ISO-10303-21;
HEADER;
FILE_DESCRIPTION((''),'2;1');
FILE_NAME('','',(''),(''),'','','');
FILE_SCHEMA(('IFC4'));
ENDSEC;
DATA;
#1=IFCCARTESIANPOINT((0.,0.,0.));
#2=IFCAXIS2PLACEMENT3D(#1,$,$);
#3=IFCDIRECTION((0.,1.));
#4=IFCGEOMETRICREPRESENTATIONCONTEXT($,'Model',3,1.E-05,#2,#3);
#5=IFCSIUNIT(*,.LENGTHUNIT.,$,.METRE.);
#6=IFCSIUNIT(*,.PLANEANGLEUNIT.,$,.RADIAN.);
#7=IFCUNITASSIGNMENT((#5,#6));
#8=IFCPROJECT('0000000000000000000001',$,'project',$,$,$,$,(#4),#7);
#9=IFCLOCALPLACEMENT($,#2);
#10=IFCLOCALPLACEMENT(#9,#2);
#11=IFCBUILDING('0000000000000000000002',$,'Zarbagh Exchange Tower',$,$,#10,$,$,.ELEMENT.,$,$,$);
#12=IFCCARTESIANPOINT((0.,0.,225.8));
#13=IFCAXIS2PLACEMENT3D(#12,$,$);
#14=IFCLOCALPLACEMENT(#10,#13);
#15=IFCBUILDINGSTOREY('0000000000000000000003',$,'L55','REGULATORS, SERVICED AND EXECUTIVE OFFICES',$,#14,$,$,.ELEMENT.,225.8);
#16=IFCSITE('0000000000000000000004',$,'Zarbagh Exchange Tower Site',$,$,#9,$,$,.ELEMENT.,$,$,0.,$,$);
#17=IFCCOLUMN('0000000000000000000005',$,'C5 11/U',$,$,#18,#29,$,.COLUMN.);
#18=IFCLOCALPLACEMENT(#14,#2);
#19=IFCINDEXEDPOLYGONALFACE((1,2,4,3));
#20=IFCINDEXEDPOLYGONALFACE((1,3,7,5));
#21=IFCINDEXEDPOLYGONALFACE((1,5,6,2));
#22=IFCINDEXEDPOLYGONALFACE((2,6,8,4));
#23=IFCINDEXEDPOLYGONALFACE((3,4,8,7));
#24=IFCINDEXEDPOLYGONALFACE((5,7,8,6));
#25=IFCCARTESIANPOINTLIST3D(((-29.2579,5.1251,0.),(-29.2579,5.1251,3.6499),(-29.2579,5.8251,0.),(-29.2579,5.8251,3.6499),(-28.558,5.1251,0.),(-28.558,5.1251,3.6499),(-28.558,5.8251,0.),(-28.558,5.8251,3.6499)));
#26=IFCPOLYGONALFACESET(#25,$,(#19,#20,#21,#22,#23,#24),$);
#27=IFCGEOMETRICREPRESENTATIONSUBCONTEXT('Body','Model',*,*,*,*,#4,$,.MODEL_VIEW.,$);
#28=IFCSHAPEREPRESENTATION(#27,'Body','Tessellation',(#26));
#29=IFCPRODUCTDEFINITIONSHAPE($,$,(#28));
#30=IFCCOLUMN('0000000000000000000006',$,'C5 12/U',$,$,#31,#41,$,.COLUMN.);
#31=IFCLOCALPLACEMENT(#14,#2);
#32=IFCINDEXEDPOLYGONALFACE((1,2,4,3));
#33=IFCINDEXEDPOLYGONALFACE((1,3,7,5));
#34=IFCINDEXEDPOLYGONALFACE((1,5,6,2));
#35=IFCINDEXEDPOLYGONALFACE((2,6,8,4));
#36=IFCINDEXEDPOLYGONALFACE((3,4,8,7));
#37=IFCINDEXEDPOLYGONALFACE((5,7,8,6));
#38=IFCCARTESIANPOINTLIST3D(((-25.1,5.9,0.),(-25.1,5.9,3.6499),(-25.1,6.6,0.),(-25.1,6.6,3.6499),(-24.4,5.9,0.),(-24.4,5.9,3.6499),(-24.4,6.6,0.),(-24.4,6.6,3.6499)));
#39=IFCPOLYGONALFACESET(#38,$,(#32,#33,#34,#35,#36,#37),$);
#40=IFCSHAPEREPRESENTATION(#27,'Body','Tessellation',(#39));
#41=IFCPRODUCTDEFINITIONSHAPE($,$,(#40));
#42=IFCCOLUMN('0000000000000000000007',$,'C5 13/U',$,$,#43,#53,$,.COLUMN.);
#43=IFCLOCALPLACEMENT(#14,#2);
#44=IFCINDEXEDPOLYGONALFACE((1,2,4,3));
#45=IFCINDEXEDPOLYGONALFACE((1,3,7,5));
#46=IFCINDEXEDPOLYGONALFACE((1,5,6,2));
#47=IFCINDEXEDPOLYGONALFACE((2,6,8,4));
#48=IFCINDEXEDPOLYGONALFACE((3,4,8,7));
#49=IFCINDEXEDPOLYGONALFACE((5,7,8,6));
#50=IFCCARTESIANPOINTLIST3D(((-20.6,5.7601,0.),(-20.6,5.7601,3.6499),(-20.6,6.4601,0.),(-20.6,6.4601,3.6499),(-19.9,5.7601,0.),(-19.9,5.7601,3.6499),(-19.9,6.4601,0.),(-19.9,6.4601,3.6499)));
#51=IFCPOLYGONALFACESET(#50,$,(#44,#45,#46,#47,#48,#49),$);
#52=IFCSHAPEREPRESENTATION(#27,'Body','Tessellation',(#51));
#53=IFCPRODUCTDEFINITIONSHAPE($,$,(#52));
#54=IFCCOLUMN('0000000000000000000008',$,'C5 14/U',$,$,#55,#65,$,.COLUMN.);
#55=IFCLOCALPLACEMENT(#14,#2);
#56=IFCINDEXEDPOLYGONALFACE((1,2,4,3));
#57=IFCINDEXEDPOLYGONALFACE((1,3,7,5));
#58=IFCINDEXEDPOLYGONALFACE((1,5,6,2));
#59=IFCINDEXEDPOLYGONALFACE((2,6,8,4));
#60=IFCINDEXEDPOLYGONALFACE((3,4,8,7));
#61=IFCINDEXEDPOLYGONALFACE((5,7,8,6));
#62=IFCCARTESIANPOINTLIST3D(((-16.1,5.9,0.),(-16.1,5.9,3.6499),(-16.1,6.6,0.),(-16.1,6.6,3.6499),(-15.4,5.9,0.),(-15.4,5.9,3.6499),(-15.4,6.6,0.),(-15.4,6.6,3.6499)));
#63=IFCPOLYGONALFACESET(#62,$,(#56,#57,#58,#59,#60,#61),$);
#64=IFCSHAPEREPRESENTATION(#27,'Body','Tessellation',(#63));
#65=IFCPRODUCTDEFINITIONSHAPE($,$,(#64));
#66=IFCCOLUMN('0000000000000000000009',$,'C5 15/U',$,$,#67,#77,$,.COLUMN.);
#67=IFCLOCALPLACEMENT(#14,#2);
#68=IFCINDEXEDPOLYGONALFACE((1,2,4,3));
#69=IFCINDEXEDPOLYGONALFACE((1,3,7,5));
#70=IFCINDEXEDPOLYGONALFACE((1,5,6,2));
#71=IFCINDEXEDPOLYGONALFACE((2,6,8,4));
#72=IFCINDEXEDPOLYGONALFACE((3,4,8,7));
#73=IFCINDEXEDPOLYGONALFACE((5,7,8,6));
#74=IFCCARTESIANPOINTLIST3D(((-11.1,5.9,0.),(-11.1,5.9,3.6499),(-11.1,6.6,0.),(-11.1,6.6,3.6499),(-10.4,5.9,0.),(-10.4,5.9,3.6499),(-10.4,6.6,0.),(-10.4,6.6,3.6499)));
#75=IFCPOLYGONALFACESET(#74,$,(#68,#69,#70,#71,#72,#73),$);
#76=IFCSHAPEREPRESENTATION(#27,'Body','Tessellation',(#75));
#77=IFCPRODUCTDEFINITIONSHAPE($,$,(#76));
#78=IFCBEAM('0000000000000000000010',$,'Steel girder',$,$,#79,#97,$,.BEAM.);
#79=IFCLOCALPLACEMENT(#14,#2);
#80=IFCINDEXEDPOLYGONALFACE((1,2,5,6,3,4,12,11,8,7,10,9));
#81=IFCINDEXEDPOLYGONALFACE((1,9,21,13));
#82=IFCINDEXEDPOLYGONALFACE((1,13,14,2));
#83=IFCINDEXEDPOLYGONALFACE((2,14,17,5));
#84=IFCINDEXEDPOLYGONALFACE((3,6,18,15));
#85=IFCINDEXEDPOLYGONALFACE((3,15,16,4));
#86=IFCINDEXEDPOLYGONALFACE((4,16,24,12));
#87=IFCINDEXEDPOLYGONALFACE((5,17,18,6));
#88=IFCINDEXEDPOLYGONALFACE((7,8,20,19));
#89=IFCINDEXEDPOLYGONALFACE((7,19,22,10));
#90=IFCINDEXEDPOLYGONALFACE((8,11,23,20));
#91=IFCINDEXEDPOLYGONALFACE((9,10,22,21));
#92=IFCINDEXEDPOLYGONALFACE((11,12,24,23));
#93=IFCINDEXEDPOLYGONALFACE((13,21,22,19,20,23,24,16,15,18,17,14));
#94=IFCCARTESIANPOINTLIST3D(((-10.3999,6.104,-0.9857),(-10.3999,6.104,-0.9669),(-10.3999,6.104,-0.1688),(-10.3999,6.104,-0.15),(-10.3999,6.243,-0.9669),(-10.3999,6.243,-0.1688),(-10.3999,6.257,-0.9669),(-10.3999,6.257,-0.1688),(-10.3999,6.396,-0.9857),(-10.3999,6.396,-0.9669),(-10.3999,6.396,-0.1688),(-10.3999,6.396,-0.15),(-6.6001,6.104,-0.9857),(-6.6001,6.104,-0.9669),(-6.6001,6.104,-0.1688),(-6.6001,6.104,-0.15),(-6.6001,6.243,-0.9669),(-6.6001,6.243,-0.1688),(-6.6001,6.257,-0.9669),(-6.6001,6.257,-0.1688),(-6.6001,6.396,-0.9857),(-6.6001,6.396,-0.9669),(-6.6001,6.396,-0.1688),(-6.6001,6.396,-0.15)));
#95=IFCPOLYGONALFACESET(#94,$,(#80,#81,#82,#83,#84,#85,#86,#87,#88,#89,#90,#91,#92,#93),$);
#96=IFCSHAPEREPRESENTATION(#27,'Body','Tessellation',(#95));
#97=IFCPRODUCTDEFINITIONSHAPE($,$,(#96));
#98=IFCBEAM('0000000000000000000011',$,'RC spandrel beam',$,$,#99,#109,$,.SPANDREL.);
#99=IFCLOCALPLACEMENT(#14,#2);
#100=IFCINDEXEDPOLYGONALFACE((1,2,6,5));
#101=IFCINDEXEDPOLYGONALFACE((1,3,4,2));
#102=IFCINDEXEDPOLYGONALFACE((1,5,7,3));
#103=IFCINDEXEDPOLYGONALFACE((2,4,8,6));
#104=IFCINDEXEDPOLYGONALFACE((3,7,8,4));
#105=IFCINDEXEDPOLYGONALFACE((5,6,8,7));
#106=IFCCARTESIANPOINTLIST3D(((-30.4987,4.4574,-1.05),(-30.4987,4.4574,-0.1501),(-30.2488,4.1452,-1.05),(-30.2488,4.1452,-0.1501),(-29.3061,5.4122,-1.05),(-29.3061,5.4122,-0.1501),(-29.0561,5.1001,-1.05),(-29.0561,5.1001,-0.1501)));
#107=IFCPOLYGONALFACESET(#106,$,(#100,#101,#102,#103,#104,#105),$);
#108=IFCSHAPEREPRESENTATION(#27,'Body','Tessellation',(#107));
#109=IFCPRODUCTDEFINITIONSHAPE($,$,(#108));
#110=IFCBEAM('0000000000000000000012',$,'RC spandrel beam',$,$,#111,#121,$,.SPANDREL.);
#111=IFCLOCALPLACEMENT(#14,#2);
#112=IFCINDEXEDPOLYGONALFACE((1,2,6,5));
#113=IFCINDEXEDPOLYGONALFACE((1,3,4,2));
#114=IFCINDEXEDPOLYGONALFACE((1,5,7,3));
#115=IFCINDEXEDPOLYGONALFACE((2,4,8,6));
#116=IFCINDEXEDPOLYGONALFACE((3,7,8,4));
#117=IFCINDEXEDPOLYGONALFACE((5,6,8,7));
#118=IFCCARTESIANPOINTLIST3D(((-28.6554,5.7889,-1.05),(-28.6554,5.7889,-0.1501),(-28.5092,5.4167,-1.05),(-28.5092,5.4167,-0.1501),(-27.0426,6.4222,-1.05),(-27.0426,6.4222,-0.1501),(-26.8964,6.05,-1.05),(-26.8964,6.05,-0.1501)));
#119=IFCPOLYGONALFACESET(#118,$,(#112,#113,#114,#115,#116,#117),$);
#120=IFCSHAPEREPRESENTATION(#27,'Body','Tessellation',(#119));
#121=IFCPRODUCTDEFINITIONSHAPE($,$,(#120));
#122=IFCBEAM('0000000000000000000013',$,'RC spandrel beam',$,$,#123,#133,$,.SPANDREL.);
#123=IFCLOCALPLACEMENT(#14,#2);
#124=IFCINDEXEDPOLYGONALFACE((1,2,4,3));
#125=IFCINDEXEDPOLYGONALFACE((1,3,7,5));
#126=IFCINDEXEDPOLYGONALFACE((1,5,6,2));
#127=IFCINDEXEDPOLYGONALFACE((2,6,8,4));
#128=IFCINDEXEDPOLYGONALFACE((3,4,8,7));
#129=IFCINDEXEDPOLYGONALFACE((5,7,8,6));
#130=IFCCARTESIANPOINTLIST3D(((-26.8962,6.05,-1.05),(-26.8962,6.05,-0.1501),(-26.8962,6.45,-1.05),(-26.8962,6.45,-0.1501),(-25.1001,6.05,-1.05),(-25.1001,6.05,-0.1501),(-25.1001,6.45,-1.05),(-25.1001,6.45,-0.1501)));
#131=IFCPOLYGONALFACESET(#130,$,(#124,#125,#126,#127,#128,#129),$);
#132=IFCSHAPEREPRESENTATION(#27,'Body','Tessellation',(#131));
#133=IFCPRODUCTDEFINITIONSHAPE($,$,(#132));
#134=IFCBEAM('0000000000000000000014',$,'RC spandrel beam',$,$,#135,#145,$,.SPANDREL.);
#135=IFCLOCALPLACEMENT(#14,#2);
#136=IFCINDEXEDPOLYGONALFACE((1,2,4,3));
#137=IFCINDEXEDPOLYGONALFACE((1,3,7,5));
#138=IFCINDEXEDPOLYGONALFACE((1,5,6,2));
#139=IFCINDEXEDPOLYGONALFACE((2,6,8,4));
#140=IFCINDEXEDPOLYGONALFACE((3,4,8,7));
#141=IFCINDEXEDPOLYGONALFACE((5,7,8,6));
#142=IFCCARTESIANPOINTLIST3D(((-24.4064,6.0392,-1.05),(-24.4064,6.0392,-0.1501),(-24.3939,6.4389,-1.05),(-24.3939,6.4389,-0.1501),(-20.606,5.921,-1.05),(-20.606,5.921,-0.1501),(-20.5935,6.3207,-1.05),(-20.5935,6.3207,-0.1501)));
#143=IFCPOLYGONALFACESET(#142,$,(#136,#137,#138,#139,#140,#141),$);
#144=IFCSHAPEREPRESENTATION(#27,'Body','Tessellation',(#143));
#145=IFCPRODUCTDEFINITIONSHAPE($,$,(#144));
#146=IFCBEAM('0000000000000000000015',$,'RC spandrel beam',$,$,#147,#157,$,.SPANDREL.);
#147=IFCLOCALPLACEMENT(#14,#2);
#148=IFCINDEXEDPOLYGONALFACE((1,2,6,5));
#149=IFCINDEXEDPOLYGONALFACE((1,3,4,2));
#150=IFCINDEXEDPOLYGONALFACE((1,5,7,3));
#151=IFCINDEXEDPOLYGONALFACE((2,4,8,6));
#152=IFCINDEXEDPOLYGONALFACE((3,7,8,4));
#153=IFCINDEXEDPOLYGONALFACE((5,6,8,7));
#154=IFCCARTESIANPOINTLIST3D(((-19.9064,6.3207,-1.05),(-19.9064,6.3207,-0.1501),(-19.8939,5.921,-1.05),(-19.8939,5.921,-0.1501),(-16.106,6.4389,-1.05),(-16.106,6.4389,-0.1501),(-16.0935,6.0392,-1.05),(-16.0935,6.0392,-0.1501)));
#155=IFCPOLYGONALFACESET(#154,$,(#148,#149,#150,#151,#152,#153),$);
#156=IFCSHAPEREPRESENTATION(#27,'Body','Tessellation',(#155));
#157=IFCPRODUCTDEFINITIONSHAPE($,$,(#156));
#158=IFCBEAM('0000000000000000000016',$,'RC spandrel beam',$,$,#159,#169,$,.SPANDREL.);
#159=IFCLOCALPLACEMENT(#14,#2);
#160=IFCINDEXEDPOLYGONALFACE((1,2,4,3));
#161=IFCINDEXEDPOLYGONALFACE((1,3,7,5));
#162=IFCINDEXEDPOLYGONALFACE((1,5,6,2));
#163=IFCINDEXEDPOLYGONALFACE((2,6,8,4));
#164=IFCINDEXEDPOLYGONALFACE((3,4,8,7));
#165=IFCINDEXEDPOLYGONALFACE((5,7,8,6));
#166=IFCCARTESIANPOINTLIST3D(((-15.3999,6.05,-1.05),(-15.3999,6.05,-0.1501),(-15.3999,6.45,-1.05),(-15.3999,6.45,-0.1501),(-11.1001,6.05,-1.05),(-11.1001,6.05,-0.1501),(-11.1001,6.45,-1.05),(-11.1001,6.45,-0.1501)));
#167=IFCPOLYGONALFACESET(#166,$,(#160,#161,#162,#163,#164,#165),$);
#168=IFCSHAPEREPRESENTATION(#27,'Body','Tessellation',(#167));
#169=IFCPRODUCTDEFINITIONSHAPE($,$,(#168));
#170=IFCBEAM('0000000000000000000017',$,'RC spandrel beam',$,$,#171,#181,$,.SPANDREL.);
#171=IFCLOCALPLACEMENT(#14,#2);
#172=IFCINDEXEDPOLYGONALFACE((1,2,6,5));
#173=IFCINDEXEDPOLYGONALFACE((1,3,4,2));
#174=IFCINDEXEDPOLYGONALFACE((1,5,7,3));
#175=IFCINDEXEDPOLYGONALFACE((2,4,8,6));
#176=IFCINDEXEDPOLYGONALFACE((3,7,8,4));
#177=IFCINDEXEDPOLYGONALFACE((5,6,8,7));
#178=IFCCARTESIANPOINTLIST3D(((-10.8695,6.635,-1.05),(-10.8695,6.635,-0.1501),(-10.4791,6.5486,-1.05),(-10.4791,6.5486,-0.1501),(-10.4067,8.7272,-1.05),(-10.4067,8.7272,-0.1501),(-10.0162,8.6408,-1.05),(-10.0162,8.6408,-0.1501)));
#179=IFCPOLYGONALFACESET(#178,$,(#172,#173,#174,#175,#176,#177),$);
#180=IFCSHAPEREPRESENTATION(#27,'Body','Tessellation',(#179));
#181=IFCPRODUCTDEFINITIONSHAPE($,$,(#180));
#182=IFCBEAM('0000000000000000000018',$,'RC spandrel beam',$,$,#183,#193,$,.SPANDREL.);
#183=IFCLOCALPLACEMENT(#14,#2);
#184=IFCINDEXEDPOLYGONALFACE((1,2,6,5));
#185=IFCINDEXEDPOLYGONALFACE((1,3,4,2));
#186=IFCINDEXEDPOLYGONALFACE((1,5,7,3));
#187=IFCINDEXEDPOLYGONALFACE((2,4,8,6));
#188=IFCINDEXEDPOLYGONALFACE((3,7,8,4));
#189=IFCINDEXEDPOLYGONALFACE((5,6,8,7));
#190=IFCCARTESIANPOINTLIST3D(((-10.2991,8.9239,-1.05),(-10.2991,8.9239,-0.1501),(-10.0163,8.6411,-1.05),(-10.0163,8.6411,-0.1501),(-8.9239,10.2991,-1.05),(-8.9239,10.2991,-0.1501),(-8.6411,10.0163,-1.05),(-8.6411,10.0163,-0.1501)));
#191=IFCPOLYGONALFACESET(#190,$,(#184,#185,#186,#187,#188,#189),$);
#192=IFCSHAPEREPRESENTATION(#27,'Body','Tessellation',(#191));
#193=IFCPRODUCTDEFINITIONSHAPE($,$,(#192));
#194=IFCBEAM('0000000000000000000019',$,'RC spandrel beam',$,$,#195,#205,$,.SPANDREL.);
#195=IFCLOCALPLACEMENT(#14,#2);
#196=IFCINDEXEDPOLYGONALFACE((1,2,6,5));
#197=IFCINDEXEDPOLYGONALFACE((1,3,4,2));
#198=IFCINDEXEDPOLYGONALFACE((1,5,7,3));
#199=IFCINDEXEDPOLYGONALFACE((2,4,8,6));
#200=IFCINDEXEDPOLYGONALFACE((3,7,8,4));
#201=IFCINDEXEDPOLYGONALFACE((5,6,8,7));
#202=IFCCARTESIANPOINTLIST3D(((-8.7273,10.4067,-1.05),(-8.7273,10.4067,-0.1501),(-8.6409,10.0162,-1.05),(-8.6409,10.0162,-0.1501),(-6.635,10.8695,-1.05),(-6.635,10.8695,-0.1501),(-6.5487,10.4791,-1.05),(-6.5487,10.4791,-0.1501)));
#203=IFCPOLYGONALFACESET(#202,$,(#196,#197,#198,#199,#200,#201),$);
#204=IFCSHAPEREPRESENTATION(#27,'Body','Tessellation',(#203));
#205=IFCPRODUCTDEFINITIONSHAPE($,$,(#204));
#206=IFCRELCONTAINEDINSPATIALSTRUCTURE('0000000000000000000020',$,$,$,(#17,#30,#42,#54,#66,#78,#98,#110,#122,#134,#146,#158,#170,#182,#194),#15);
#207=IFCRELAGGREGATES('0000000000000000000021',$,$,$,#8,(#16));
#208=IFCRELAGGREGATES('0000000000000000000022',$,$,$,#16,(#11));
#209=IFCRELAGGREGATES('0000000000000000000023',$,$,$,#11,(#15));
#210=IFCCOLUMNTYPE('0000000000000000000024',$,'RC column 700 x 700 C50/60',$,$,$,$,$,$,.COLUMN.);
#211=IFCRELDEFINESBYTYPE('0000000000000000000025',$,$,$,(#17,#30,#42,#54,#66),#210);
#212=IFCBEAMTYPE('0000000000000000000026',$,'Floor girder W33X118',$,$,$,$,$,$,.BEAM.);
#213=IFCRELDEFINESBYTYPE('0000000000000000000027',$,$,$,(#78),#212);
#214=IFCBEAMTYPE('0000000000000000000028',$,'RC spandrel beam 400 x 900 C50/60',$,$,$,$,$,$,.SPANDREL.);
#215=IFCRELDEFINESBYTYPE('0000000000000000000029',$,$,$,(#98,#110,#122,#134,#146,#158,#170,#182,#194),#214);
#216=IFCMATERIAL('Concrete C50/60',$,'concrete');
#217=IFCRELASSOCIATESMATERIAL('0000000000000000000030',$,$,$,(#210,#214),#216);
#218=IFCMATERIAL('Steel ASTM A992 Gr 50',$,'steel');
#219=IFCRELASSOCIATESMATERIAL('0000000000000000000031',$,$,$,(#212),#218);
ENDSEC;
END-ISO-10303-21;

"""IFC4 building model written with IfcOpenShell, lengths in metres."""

from ifc_helpers import new_model, si_unit, direction, frame, origin, origin_2d, place, context, subcontext, project, spatial, rectangle, i_section, extrude, material, material_profile, profile_set, type_object, element, save


model = new_model("IFC4")

# Units and contexts
model_context = context("Model", 3, precision=1e-05, world=origin(), true_north=direction((0.0, 1.0)))
body_context = subcontext(model_context, "Body", "Model", "MODEL_VIEW")
ifc_project = project(units=[si_unit("LENGTHUNIT", "METRE"), si_unit("PLANEANGLEUNIT", "RADIAN")], contexts=[model_context])

# Site, building, storey
site_placement = place(None, origin())
site = spatial("IfcSite", under=ifc_project, at=site_placement, Name="Zarbagh Exchange Tower Site", CompositionType="ELEMENT", RefElevation=0.0)
building_placement = place(site_placement, origin())
building = spatial("IfcBuilding", under=site, at=building_placement, Name="Zarbagh Exchange Tower", CompositionType="ELEMENT")
storey_placement = place(building_placement, frame((0.0, 0.0, 225.8)))
storey = spatial("IfcBuildingStorey", under=building, at=storey_placement, Name="L55", Description="REGULATORS, SERVICED AND EXECUTIVE OFFICES", CompositionType="ELEMENT", Elevation=225.8)

# Columns
ifc_material_1 = material(Name="Concrete C50/60", Category="concrete")
ifc_material_profile_1 = material_profile(ifc_material_1, rectangle(XDim=0.7, YDim=0.7, at=origin_2d()), Name="RC column 700 x 700 C50/60")
ifc_profile_set_1 = profile_set([ifc_material_profile_1], Name="Concrete C50/60")
column_type = type_object("IfcColumnType", Name="RC column 700 x 700 C50/60", PredefinedType="COLUMN", material=ifc_profile_set_1)
for number, where, z_axis, x_axis, name in (
    (1, (-28.908, 5.4751, 0.0), (0.0, 0.0, 1.0), (1.0, 0.0, 0.0), "C5 11/U"),
    (2, (-24.75, 6.25, 0.0), (0.0, 0.0, 1.0), (1.0, 0.0, 0.0), "C5 12/U"),
    (3, (-20.25, 6.1101, 0.0), (0.0, 0.0, 1.0), (1.0, 0.0, 0.0), "C5 13/U"),
    (4, (-15.75, 6.25, 0.0), (0.0, 0.0, 1.0), (1.0, 0.0, 0.0), "C5 14/U"),
    (5, (-10.75, 6.25, 0.0), (0.0, 0.0, 1.0), (1.0, 0.0, 0.0), "C5 15/U"),
):
    element("IfcColumn", number, at=place(storey_placement, frame(where, z_axis=z_axis, x_axis=x_axis)), inside=storey, type_object=column_type, Name=name, PredefinedType="COLUMN", context=body_context, shape_type="SweptSolid", body=[
        extrude(rectangle(XDim=0.7, YDim=0.7, at=origin_2d()), origin(), (0.0, 0.0, 1.0), 3.6499),
    ])

# Beams
ifc_material_2 = material(Name="Steel ASTM A992 Gr 50", Category="steel")
ifc_material_profile_2 = material_profile(ifc_material_2, i_section(OverallWidth=0.292, OverallDepth=0.8357, WebThickness=0.0139, FlangeThickness=0.0188, at=origin_2d()), Name="W33X118")
ifc_profile_set_2 = profile_set([ifc_material_profile_2], Name="Steel ASTM A992 Gr 50")
beam_type_1 = type_object("IfcBeamType", Name="Floor girder W33X118", PredefinedType="BEAM", material=ifc_profile_set_2)
beam_1_placement = place(storey_placement, frame((-10.3999, 6.25, -0.5679), z_axis=(1.0, 0.0, 0.0), x_axis=(0.0, 1.0, 0.0)))
element("IfcBeam", 6, at=beam_1_placement, inside=storey, type_object=beam_type_1, Name="Steel girder", PredefinedType="BEAM", context=body_context, shape_type="SweptSolid", body=[
    extrude(i_section(OverallWidth=0.292, OverallDepth=0.8357, WebThickness=0.0139, FlangeThickness=0.0188, at=origin_2d()), origin(), (0.0, 0.0, 1.0), 3.7998),
])
ifc_material_profile_3 = material_profile(ifc_material_1, rectangle(XDim=0.3999, YDim=0.8999, at=origin_2d()), Name="RC spandrel beam 400 x 900 C50/60")
ifc_profile_set_3 = profile_set([ifc_material_profile_3], Name="Concrete C50/60")
beam_type_2 = type_object("IfcBeamType", Name="RC spandrel beam 400 x 900 C50/60", PredefinedType="SPANDREL", material=ifc_profile_set_3)
beam_2_placement = place(storey_placement, frame((-30.3738, 4.3013, -0.6001), z_axis=(0.780635, 0.624987, 0.0), x_axis=(-0.624987, 0.780635, 0.0)))
element("IfcBeam", 7, at=beam_2_placement, inside=storey, type_object=beam_type_2, Name="RC spandrel beam", PredefinedType="SPANDREL", context=body_context, shape_type="SweptSolid", body=[
    extrude(rectangle(XDim=0.3999, YDim=0.8999, at=origin_2d()), origin(), (0.0, 0.0, 1.0), 1.5278),
])
beam_3_placement = place(storey_placement, frame((-28.5823, 5.6028, -0.6001), z_axis=(0.93081, 0.365504, 0.0), x_axis=(-0.365504, 0.93081, 0.0)))
element("IfcBeam", 8, at=beam_3_placement, inside=storey, type_object=beam_type_2, Name="RC spandrel beam", PredefinedType="SPANDREL", context=body_context, shape_type="SweptSolid", body=[
    extrude(rectangle(XDim=0.3999, YDim=0.8999, at=origin_2d()), origin(), (0.0, 0.0, 1.0), 1.7327),
])
beam_4_placement = place(storey_placement, frame((-26.8962, 6.25, -0.6001), z_axis=(1.0, 0.0, 0.0), x_axis=(0.0, 1.0, 0.0)))
element("IfcBeam", 9, at=beam_4_placement, inside=storey, type_object=beam_type_2, Name="RC spandrel beam", PredefinedType="SPANDREL", context=body_context, shape_type="SweptSolid", body=[
    extrude(rectangle(XDim=0.3999, YDim=0.8999, at=origin_2d()), origin(), (0.0, 0.0, 1.0), 1.7961),
])
for number, where, z_axis, x_axis, name in (
    (10, (-24.4001, 6.239, -0.6001), (0.999517, -0.031078, 0.0), (0.031078, 0.999517, 0.0), "RC spandrel beam"),
    (11, (-19.9001, 6.1208, -0.6001), (0.999517, 0.031078, 0.0), (-0.031078, 0.999517, 0.0), "RC spandrel beam"),
):
    element("IfcBeam", number, at=place(storey_placement, frame(where, z_axis=z_axis, x_axis=x_axis)), inside=storey, type_object=beam_type_2, Name=name, PredefinedType="SPANDREL", context=body_context, shape_type="SweptSolid", body=[
        extrude(rectangle(XDim=0.3999, YDim=0.8999, at=origin_2d()), origin(), (0.0, 0.0, 1.0), 3.8022),
    ])
beam_5_placement = place(storey_placement, frame((-15.3999, 6.25, -0.6001), z_axis=(1.0, 0.0, 0.0), x_axis=(0.0, 1.0, 0.0)))
element("IfcBeam", 12, at=beam_5_placement, inside=storey, type_object=beam_type_2, Name="RC spandrel beam", PredefinedType="SPANDREL", context=body_context, shape_type="SweptSolid", body=[
    extrude(rectangle(XDim=0.3999, YDim=0.8999, at=origin_2d()), origin(), (0.0, 0.0, 1.0), 4.2998),
])
beam_6_placement = place(storey_placement, frame((-10.6743, 6.5918, -0.6001), z_axis=(0.216014, 0.97639, 0.0), x_axis=(-0.97639, 0.216014, 0.0)))
element("IfcBeam", 13, at=beam_6_placement, inside=storey, type_object=beam_type_2, Name="RC spandrel beam", PredefinedType="SPANDREL", context=body_context, shape_type="SweptSolid", body=[
    extrude(rectangle(XDim=0.3999, YDim=0.8999, at=origin_2d()), origin(), (0.0, 0.0, 1.0), 2.1428),
])
beam_7_placement = place(storey_placement, frame((-10.1577, 8.7825, -0.6001), z_axis=(0.707107, 0.707107, 0.0), x_axis=(-0.707107, 0.707107, 0.0)))
element("IfcBeam", 14, at=beam_7_placement, inside=storey, type_object=beam_type_2, Name="RC spandrel beam", PredefinedType="SPANDREL", context=body_context, shape_type="SweptSolid", body=[
    extrude(rectangle(XDim=0.3999, YDim=0.8999, at=origin_2d()), origin(), (0.0, 0.0, 1.0), 1.9448),
])
beam_8_placement = place(storey_placement, frame((-8.6841, 10.2114, -0.6001), z_axis=(0.97639, 0.216014, 0.0), x_axis=(-0.216014, 0.97639, 0.0)))
element("IfcBeam", 15, at=beam_8_placement, inside=storey, type_object=beam_type_2, Name="RC spandrel beam", PredefinedType="SPANDREL", context=body_context, shape_type="SweptSolid", body=[
    extrude(rectangle(XDim=0.3999, YDim=0.8999, at=origin_2d()), origin(), (0.0, 0.0, 1.0), 2.1428),
])

save(model, "model.ifc")
